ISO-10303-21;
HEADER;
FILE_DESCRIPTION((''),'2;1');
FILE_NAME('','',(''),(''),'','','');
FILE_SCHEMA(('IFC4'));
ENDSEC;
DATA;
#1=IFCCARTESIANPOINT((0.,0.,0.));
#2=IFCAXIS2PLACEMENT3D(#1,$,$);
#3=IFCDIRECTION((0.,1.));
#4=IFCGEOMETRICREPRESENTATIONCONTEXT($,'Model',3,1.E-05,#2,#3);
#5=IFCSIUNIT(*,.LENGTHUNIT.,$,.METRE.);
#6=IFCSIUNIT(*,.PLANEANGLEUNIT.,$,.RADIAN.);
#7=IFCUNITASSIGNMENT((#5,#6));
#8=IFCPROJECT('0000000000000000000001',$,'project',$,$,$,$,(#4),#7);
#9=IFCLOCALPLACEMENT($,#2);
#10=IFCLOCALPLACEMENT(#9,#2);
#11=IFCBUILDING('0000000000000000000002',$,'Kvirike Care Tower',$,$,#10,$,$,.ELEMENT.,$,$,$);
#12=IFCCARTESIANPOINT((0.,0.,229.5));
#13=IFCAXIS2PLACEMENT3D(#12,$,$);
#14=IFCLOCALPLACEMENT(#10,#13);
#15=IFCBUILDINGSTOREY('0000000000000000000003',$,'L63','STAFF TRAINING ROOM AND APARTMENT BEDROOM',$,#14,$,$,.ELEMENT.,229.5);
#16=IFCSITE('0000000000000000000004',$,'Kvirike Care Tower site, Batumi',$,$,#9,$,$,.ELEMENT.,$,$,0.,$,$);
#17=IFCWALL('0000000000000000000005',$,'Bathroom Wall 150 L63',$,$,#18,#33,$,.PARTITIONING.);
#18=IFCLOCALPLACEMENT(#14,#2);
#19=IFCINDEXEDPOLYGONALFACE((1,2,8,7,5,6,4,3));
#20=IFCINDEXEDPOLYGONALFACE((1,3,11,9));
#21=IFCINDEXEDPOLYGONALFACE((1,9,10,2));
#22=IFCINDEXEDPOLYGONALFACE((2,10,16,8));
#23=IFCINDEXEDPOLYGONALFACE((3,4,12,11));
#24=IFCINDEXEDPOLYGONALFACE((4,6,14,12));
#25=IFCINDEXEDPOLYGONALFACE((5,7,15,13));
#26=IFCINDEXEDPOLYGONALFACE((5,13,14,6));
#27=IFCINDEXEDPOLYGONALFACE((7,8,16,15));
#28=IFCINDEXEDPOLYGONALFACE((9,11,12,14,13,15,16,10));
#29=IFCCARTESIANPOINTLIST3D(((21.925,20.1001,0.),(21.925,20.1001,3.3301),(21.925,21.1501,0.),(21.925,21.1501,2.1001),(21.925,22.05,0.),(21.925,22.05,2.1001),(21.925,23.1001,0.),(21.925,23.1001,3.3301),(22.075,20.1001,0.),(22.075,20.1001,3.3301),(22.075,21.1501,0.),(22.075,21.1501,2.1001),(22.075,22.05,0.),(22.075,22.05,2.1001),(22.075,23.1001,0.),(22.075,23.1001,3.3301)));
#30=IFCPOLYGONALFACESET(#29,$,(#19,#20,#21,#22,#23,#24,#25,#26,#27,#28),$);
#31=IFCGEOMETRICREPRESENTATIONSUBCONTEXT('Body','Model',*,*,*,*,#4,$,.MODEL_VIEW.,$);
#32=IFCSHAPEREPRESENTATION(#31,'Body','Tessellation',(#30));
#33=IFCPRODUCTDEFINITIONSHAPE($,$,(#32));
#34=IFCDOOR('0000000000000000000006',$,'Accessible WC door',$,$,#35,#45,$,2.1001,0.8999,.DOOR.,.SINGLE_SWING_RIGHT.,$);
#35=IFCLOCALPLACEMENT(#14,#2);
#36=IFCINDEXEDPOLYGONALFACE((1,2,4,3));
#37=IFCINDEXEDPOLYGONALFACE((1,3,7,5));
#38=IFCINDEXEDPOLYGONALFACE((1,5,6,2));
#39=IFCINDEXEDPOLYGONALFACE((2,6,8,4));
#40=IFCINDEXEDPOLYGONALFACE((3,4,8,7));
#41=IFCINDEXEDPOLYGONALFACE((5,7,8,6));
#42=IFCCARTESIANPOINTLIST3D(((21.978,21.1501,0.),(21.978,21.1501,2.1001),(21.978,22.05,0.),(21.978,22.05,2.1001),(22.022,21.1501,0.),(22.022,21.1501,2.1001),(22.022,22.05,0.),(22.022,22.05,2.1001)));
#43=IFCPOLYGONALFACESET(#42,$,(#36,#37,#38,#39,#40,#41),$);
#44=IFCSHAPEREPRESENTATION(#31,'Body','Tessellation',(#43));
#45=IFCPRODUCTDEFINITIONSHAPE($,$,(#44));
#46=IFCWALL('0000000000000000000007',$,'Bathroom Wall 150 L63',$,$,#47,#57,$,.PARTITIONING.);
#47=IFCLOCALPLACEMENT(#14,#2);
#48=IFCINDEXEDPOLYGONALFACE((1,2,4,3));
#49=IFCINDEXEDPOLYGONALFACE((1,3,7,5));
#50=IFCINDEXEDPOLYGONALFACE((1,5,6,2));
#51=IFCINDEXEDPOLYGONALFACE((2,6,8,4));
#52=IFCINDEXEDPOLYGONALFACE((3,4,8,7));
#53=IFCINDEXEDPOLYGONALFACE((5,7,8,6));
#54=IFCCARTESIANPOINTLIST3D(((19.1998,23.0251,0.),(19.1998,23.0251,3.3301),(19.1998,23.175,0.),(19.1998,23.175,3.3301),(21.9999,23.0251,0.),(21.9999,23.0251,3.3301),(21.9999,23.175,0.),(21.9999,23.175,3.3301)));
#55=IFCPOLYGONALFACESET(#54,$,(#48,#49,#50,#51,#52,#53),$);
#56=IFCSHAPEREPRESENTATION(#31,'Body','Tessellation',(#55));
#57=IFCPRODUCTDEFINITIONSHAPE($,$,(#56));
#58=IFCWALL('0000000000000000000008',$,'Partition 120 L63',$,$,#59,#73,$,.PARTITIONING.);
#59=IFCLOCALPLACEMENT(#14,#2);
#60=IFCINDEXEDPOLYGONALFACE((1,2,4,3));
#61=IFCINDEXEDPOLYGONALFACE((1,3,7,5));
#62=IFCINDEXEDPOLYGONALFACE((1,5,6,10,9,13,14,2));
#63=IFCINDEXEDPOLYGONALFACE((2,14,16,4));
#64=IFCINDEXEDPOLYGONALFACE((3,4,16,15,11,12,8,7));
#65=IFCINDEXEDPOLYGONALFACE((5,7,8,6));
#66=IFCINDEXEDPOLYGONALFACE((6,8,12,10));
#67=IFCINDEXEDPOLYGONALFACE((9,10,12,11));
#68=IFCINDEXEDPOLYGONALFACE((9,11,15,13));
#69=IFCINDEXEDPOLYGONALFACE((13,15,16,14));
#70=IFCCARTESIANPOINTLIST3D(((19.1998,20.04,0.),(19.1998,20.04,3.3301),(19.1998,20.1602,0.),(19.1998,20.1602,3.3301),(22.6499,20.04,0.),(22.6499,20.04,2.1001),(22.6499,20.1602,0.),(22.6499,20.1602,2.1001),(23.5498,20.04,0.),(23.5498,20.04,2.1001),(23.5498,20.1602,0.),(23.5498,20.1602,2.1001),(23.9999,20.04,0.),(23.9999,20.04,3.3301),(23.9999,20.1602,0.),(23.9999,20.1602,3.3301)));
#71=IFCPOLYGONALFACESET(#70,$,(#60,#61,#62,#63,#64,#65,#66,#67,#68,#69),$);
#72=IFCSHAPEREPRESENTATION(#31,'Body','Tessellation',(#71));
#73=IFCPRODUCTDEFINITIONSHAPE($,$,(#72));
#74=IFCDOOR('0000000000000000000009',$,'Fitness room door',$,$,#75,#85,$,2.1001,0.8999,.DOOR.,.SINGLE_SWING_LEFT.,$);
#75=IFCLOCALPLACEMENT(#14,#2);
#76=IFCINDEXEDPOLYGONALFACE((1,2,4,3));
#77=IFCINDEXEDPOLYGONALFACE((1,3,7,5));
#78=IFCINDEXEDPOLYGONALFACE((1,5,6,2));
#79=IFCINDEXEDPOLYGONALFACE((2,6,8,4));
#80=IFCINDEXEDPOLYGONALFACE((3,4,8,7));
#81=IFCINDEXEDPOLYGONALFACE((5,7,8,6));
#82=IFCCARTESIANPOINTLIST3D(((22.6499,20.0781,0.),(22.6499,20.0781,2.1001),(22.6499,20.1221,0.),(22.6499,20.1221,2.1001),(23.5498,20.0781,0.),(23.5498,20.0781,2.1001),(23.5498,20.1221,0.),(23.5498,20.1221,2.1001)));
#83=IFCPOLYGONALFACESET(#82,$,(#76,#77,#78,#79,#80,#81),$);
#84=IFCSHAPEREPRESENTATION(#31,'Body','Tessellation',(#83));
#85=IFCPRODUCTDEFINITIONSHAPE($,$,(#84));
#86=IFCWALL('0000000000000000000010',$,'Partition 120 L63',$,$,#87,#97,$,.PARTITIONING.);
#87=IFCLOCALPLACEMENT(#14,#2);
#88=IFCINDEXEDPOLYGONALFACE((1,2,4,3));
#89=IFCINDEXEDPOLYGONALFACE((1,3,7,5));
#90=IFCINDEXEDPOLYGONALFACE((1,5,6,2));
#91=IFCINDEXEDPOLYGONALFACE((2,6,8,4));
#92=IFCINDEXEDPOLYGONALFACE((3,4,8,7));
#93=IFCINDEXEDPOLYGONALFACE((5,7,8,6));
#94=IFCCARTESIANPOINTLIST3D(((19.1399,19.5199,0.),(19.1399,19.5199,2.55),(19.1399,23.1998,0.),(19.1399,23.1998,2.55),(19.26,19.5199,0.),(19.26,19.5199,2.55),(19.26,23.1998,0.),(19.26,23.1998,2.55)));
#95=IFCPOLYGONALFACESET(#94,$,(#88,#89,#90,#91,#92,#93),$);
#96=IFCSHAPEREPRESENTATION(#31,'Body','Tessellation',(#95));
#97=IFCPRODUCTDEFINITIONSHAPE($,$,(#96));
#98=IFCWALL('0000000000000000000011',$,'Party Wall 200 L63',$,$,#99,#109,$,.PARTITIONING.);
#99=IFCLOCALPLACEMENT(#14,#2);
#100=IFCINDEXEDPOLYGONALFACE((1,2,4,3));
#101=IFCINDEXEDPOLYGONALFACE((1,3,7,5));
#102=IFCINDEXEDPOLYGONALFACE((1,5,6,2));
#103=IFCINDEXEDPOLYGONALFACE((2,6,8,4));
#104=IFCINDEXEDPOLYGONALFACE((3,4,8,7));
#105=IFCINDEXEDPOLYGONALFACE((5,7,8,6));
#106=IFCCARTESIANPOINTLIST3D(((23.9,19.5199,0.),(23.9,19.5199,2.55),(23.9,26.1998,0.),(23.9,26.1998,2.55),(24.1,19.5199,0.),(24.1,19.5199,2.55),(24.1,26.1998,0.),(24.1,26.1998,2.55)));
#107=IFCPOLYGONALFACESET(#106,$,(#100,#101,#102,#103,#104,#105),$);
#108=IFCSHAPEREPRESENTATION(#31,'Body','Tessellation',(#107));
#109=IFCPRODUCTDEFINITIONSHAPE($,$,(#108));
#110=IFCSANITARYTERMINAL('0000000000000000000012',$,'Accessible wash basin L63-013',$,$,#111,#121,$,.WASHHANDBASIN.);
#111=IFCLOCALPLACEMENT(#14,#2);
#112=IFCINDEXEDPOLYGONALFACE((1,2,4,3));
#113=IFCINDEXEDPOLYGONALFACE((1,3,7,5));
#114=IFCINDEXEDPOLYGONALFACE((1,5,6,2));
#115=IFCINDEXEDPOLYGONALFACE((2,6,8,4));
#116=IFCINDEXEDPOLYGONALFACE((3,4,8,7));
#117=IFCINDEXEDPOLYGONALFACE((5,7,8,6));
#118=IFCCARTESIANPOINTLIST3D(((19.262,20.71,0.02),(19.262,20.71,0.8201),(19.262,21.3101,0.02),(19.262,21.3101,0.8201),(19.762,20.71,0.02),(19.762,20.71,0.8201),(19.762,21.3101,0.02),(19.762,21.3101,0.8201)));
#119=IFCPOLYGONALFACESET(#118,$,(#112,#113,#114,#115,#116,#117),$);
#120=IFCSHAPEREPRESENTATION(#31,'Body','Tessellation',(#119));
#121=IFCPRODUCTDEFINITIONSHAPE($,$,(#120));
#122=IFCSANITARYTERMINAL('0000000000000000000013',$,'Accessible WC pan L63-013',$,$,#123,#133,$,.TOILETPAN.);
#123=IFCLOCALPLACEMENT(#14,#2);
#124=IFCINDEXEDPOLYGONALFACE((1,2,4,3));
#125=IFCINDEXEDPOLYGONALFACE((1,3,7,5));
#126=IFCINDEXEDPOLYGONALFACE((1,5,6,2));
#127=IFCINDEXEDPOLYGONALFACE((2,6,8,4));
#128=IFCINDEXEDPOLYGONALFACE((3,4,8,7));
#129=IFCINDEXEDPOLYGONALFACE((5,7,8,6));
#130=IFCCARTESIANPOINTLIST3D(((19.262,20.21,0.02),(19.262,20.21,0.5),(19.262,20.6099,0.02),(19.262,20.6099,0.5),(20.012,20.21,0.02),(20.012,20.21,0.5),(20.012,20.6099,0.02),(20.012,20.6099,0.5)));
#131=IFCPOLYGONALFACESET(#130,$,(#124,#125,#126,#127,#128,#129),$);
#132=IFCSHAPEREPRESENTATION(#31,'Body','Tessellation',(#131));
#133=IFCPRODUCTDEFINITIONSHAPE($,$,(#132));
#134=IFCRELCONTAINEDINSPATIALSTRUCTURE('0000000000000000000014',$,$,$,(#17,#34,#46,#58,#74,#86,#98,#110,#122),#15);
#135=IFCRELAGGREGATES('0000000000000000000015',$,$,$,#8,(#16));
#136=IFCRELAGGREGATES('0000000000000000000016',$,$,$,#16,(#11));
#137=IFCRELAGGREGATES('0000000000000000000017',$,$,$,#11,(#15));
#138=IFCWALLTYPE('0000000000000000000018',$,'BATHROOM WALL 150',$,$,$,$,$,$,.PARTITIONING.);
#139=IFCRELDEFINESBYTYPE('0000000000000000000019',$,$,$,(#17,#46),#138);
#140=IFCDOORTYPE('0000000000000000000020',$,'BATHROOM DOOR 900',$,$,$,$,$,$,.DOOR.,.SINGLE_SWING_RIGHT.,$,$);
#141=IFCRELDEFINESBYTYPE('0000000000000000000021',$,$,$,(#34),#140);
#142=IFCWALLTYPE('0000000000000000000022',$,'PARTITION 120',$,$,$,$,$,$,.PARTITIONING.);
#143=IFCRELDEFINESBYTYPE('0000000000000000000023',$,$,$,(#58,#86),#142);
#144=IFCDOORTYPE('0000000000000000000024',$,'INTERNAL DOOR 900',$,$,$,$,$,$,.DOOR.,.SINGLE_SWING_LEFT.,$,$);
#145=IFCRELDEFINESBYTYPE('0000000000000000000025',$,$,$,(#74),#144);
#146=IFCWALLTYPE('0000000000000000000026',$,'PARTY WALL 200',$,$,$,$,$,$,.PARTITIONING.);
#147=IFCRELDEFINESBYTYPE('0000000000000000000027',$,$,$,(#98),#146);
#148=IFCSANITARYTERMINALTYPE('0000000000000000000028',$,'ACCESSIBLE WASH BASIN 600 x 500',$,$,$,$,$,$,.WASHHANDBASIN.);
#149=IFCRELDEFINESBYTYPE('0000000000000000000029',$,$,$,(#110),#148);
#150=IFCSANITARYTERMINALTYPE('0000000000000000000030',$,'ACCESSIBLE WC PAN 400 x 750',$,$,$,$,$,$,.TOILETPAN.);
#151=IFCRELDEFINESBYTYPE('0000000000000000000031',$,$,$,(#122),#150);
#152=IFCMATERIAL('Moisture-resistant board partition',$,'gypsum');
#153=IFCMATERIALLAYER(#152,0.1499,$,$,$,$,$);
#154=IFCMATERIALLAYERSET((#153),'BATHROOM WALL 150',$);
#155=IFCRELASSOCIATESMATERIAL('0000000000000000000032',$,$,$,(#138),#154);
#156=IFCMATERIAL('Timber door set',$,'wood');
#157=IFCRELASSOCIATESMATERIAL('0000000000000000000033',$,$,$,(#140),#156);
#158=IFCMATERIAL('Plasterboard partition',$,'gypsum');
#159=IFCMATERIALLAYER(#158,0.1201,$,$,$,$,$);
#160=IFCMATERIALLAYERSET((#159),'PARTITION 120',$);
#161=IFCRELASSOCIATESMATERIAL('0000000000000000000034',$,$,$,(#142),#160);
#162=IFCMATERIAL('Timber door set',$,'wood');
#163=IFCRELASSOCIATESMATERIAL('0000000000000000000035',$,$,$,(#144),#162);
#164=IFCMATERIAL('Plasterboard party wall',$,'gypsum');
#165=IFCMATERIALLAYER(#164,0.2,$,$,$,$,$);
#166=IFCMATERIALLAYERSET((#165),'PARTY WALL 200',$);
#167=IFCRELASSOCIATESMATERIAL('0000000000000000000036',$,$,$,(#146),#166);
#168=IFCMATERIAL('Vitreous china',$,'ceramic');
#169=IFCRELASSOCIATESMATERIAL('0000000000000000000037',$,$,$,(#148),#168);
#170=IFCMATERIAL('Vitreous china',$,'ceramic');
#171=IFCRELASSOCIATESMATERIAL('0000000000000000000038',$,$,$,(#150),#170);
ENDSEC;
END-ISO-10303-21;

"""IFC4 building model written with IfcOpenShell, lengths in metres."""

from ifc_helpers import new_model, si_unit, direction, frame, frame_2d, origin, origin_2d, place, context, subcontext, project, spatial, rectangle, extrude, material, layer, layer_set, type_object, element, fill, save


model = new_model("IFC4")

# Units and contexts
model_context = context("Model", 3, precision=1e-05, world=origin(), true_north=direction((0.0, 1.0)))
body_context = subcontext(model_context, "Body", "Model", "MODEL_VIEW")
ifc_project = project(units=[si_unit("LENGTHUNIT", "METRE"), si_unit("PLANEANGLEUNIT", "RADIAN")], contexts=[model_context])

# Site, building, storey
site_placement = place(None, origin())
site = spatial("IfcSite", under=ifc_project, at=site_placement, Name="Kvirike Care Tower site, Batumi", CompositionType="ELEMENT", RefElevation=0.0)
building_placement = place(site_placement, origin())
building = spatial("IfcBuilding", under=site, at=building_placement, Name="Kvirike Care Tower", CompositionType="ELEMENT")
storey_placement = place(building_placement, frame((0.0, 0.0, 229.5)))
storey = spatial("IfcBuildingStorey", under=building, at=storey_placement, Name="L63", Description="STAFF TRAINING ROOM AND APARTMENT BEDROOM", CompositionType="ELEMENT", Elevation=229.5)

# Wall, opening, door
ifc_material_1 = material(Name="Moisture-resistant board partition", Category="gypsum")
ifc_layer_1 = layer(ifc_material_1, 0.1499)
ifc_layer_set_1 = layer_set([ifc_layer_1], Name="BATHROOM WALL 150")
wall_type_1 = type_object("IfcWallType", Name="BATHROOM WALL 150", PredefinedType="PARTITIONING", material=ifc_layer_set_1)
wall_1_placement = place(storey_placement, frame((22.0, 20.1001, 0.0), z_axis=(0.0, 0.0, 1.0), x_axis=(0.0, 1.0, 0.0)))
wall_1 = element("IfcWall", 1, at=wall_1_placement, inside=storey, type_object=wall_type_1, Name="Bathroom Wall 150 L63", PredefinedType="PARTITIONING", context=body_context, shape_type="SweptSolid", body=[
    extrude(rectangle(XDim=3.0, YDim=0.1499, at=frame_2d((1.5, 0.0))), origin(), (0.0, 0.0, 1.0), 3.3301),
])
opening_1_placement = place(wall_1_placement, frame((1.05, 0.0, 0.0)))
opening_1 = element("IfcOpeningElement", 2, at=opening_1_placement, cuts=wall_1, PredefinedType="OPENING", context=body_context, shape_type="SweptSolid", body=[
    extrude(rectangle(XDim=0.8999, YDim=2.1001, at=frame_2d((0.45, 1.05))), frame((0.0, 0.0854, 0.0), z_axis=(0.0, -1.0, 0.0), x_axis=(1.0, 0.0, 0.0)), (0.0, 0.0, 1.0), 0.1709),
])
ifc_material_2 = material(Name="Timber door set", Category="wood")
door_type_1 = type_object("IfcDoorType", Name="BATHROOM DOOR 900", OperationType="SINGLE_SWING_RIGHT", PredefinedType="DOOR", material=ifc_material_2)
door_1_placement = place(opening_1_placement, origin())
door_1 = element("IfcDoor", 3, at=door_1_placement, inside=storey, type_object=door_type_1, Name="Accessible WC door", OperationType="SINGLE_SWING_RIGHT", OverallHeight=2.1001, OverallWidth=0.8999, PredefinedType="DOOR", context=body_context, shape_type="SweptSolid", body=[
    extrude(rectangle(XDim=0.8999, YDim=2.1001, at=frame_2d((0.45, 1.05))), frame((0.0, 0.022, 0.0), z_axis=(0.0, -1.0, 0.0), x_axis=(1.0, 0.0, 0.0)), (0.0, 0.0, 1.0), 0.0439),
])
fill(opening_1, door_1)

# Wall
wall_2_placement = place(storey_placement, frame((19.2, 23.1001, 0.0), z_axis=(0.0, 0.0, 1.0), x_axis=(1.0, 0.0, 0.0)))
element("IfcWall", 4, at=wall_2_placement, inside=storey, type_object=wall_type_1, Name="Bathroom Wall 150 L63", PredefinedType="PARTITIONING", context=body_context, shape_type="SweptSolid", body=[
    extrude(rectangle(XDim=2.8, YDim=0.1499, at=frame_2d((1.3999, 0.0))), origin(), (0.0, 0.0, 1.0), 3.3301),
])

# Wall, opening, door
ifc_material_3 = material(Name="Plasterboard partition", Category="gypsum")
ifc_layer_2 = layer(ifc_material_3, 0.1201)
ifc_layer_set_2 = layer_set([ifc_layer_2], Name="PARTITION 120")
wall_type_2 = type_object("IfcWallType", Name="PARTITION 120", PredefinedType="PARTITIONING", material=ifc_layer_set_2)
wall_3_placement = place(storey_placement, frame((19.2, 20.1001, 0.0), z_axis=(0.0, 0.0, 1.0), x_axis=(1.0, 0.0, 0.0)))
wall_3 = element("IfcWall", 5, at=wall_3_placement, inside=storey, type_object=wall_type_2, Name="Partition 120 L63", PredefinedType="PARTITIONING", context=body_context, shape_type="SweptSolid", body=[
    extrude(rectangle(XDim=4.8, YDim=0.1201, at=frame_2d((2.3999, 0.0))), origin(), (0.0, 0.0, 1.0), 3.3301),
])
opening_2_placement = place(wall_3_placement, frame((3.45, 0.0, 0.0)))
opening_2 = element("IfcOpeningElement", 6, at=opening_2_placement, cuts=wall_3, PredefinedType="OPENING", context=body_context, shape_type="SweptSolid", body=[
    extrude(rectangle(XDim=0.8999, YDim=2.1001, at=frame_2d((0.45, 1.05))), frame((0.0, 0.0706, 0.0), z_axis=(0.0, -1.0, 0.0), x_axis=(1.0, 0.0, 0.0)), (0.0, 0.0, 1.0), 0.1411),
])
ifc_material_4 = material(Name="Timber door set", Category="wood")
door_type_2 = type_object("IfcDoorType", Name="INTERNAL DOOR 900", OperationType="SINGLE_SWING_LEFT", PredefinedType="DOOR", material=ifc_material_4)
door_2_placement = place(opening_2_placement, origin())
door_2 = element("IfcDoor", 7, at=door_2_placement, inside=storey, type_object=door_type_2, Name="Fitness room door", OperationType="SINGLE_SWING_LEFT", OverallHeight=2.1001, OverallWidth=0.8999, PredefinedType="DOOR", context=body_context, shape_type="SweptSolid", body=[
    extrude(rectangle(XDim=0.8999, YDim=2.1001, at=frame_2d((0.45, 1.05))), frame((0.0, 0.022, 0.0), z_axis=(0.0, -1.0, 0.0), x_axis=(1.0, 0.0, 0.0)), (0.0, 0.0, 1.0), 0.0439),
])
fill(opening_2, door_2)

# Walls
wall_4_placement = place(storey_placement, frame((19.2, 19.52, 0.0), z_axis=(0.0, 0.0, 1.0), x_axis=(0.0, 1.0, 0.0)))
element("IfcWall", 8, at=wall_4_placement, inside=storey, type_object=wall_type_2, Name="Partition 120 L63", PredefinedType="PARTITIONING", context=body_context, shape_type="SweptSolid", body=[
    extrude(rectangle(XDim=3.6799, YDim=0.1201, at=frame_2d((1.8398, 0.0))), origin(), (0.0, 0.0, 1.0), 2.55),
])
ifc_material_5 = material(Name="Plasterboard party wall", Category="gypsum")
ifc_layer_3 = layer(ifc_material_5, 0.2)
ifc_layer_set_3 = layer_set([ifc_layer_3], Name="PARTY WALL 200")
wall_type_3 = type_object("IfcWallType", Name="PARTY WALL 200", PredefinedType="PARTITIONING", material=ifc_layer_set_3)
wall_5_placement = place(storey_placement, frame((24.0, 19.52, 0.0), z_axis=(0.0, 0.0, 1.0), x_axis=(0.0, 1.0, 0.0)))
element("IfcWall", 9, at=wall_5_placement, inside=storey, type_object=wall_type_3, Name="Party Wall 200 L63", PredefinedType="PARTITIONING", context=body_context, shape_type="SweptSolid", body=[
    extrude(rectangle(XDim=6.6799, YDim=0.2, at=frame_2d((3.3398, 0.0))), origin(), (0.0, 0.0, 1.0), 2.55),
])

# Sanitary terminals
ifc_material_6 = material(Name="Vitreous china", Category="ceramic")
sanitary_terminal_type_1 = type_object("IfcSanitaryTerminalType", Name="ACCESSIBLE WASH BASIN 600 x 500", PredefinedType="WASHHANDBASIN", material=ifc_material_6)
sanitary_terminal_1_placement = place(storey_placement, frame((19.512, 21.01, 0.02), z_axis=(0.0, 0.0, 1.0), x_axis=(0.0, 1.0, 0.0)))
element("IfcSanitaryTerminal", 10, at=sanitary_terminal_1_placement, inside=storey, type_object=sanitary_terminal_type_1, Name="Accessible wash basin L63-013", PredefinedType="WASHHANDBASIN", context=body_context, shape_type="SweptSolid", body=[
    extrude(rectangle(XDim=0.6001, YDim=0.5, at=origin_2d()), origin(), (0.0, 0.0, 1.0), 0.8),
])
ifc_material_7 = material(Name="Vitreous china", Category="ceramic")
sanitary_terminal_type_2 = type_object("IfcSanitaryTerminalType", Name="ACCESSIBLE WC PAN 400 x 750", PredefinedType="TOILETPAN", material=ifc_material_7)
sanitary_terminal_2_placement = place(storey_placement, frame((19.637, 20.4099, 0.02), z_axis=(0.0, 0.0, 1.0), x_axis=(0.0, 1.0, 0.0)))
element("IfcSanitaryTerminal", 11, at=sanitary_terminal_2_placement, inside=storey, type_object=sanitary_terminal_type_2, Name="Accessible WC pan L63-013", PredefinedType="TOILETPAN", context=body_context, shape_type="SweptSolid", body=[
    extrude(rectangle(XDim=0.3999, YDim=0.75, at=origin_2d()), origin(), (0.0, 0.0, 1.0), 0.48),
])

save(model, "model.ifc")
